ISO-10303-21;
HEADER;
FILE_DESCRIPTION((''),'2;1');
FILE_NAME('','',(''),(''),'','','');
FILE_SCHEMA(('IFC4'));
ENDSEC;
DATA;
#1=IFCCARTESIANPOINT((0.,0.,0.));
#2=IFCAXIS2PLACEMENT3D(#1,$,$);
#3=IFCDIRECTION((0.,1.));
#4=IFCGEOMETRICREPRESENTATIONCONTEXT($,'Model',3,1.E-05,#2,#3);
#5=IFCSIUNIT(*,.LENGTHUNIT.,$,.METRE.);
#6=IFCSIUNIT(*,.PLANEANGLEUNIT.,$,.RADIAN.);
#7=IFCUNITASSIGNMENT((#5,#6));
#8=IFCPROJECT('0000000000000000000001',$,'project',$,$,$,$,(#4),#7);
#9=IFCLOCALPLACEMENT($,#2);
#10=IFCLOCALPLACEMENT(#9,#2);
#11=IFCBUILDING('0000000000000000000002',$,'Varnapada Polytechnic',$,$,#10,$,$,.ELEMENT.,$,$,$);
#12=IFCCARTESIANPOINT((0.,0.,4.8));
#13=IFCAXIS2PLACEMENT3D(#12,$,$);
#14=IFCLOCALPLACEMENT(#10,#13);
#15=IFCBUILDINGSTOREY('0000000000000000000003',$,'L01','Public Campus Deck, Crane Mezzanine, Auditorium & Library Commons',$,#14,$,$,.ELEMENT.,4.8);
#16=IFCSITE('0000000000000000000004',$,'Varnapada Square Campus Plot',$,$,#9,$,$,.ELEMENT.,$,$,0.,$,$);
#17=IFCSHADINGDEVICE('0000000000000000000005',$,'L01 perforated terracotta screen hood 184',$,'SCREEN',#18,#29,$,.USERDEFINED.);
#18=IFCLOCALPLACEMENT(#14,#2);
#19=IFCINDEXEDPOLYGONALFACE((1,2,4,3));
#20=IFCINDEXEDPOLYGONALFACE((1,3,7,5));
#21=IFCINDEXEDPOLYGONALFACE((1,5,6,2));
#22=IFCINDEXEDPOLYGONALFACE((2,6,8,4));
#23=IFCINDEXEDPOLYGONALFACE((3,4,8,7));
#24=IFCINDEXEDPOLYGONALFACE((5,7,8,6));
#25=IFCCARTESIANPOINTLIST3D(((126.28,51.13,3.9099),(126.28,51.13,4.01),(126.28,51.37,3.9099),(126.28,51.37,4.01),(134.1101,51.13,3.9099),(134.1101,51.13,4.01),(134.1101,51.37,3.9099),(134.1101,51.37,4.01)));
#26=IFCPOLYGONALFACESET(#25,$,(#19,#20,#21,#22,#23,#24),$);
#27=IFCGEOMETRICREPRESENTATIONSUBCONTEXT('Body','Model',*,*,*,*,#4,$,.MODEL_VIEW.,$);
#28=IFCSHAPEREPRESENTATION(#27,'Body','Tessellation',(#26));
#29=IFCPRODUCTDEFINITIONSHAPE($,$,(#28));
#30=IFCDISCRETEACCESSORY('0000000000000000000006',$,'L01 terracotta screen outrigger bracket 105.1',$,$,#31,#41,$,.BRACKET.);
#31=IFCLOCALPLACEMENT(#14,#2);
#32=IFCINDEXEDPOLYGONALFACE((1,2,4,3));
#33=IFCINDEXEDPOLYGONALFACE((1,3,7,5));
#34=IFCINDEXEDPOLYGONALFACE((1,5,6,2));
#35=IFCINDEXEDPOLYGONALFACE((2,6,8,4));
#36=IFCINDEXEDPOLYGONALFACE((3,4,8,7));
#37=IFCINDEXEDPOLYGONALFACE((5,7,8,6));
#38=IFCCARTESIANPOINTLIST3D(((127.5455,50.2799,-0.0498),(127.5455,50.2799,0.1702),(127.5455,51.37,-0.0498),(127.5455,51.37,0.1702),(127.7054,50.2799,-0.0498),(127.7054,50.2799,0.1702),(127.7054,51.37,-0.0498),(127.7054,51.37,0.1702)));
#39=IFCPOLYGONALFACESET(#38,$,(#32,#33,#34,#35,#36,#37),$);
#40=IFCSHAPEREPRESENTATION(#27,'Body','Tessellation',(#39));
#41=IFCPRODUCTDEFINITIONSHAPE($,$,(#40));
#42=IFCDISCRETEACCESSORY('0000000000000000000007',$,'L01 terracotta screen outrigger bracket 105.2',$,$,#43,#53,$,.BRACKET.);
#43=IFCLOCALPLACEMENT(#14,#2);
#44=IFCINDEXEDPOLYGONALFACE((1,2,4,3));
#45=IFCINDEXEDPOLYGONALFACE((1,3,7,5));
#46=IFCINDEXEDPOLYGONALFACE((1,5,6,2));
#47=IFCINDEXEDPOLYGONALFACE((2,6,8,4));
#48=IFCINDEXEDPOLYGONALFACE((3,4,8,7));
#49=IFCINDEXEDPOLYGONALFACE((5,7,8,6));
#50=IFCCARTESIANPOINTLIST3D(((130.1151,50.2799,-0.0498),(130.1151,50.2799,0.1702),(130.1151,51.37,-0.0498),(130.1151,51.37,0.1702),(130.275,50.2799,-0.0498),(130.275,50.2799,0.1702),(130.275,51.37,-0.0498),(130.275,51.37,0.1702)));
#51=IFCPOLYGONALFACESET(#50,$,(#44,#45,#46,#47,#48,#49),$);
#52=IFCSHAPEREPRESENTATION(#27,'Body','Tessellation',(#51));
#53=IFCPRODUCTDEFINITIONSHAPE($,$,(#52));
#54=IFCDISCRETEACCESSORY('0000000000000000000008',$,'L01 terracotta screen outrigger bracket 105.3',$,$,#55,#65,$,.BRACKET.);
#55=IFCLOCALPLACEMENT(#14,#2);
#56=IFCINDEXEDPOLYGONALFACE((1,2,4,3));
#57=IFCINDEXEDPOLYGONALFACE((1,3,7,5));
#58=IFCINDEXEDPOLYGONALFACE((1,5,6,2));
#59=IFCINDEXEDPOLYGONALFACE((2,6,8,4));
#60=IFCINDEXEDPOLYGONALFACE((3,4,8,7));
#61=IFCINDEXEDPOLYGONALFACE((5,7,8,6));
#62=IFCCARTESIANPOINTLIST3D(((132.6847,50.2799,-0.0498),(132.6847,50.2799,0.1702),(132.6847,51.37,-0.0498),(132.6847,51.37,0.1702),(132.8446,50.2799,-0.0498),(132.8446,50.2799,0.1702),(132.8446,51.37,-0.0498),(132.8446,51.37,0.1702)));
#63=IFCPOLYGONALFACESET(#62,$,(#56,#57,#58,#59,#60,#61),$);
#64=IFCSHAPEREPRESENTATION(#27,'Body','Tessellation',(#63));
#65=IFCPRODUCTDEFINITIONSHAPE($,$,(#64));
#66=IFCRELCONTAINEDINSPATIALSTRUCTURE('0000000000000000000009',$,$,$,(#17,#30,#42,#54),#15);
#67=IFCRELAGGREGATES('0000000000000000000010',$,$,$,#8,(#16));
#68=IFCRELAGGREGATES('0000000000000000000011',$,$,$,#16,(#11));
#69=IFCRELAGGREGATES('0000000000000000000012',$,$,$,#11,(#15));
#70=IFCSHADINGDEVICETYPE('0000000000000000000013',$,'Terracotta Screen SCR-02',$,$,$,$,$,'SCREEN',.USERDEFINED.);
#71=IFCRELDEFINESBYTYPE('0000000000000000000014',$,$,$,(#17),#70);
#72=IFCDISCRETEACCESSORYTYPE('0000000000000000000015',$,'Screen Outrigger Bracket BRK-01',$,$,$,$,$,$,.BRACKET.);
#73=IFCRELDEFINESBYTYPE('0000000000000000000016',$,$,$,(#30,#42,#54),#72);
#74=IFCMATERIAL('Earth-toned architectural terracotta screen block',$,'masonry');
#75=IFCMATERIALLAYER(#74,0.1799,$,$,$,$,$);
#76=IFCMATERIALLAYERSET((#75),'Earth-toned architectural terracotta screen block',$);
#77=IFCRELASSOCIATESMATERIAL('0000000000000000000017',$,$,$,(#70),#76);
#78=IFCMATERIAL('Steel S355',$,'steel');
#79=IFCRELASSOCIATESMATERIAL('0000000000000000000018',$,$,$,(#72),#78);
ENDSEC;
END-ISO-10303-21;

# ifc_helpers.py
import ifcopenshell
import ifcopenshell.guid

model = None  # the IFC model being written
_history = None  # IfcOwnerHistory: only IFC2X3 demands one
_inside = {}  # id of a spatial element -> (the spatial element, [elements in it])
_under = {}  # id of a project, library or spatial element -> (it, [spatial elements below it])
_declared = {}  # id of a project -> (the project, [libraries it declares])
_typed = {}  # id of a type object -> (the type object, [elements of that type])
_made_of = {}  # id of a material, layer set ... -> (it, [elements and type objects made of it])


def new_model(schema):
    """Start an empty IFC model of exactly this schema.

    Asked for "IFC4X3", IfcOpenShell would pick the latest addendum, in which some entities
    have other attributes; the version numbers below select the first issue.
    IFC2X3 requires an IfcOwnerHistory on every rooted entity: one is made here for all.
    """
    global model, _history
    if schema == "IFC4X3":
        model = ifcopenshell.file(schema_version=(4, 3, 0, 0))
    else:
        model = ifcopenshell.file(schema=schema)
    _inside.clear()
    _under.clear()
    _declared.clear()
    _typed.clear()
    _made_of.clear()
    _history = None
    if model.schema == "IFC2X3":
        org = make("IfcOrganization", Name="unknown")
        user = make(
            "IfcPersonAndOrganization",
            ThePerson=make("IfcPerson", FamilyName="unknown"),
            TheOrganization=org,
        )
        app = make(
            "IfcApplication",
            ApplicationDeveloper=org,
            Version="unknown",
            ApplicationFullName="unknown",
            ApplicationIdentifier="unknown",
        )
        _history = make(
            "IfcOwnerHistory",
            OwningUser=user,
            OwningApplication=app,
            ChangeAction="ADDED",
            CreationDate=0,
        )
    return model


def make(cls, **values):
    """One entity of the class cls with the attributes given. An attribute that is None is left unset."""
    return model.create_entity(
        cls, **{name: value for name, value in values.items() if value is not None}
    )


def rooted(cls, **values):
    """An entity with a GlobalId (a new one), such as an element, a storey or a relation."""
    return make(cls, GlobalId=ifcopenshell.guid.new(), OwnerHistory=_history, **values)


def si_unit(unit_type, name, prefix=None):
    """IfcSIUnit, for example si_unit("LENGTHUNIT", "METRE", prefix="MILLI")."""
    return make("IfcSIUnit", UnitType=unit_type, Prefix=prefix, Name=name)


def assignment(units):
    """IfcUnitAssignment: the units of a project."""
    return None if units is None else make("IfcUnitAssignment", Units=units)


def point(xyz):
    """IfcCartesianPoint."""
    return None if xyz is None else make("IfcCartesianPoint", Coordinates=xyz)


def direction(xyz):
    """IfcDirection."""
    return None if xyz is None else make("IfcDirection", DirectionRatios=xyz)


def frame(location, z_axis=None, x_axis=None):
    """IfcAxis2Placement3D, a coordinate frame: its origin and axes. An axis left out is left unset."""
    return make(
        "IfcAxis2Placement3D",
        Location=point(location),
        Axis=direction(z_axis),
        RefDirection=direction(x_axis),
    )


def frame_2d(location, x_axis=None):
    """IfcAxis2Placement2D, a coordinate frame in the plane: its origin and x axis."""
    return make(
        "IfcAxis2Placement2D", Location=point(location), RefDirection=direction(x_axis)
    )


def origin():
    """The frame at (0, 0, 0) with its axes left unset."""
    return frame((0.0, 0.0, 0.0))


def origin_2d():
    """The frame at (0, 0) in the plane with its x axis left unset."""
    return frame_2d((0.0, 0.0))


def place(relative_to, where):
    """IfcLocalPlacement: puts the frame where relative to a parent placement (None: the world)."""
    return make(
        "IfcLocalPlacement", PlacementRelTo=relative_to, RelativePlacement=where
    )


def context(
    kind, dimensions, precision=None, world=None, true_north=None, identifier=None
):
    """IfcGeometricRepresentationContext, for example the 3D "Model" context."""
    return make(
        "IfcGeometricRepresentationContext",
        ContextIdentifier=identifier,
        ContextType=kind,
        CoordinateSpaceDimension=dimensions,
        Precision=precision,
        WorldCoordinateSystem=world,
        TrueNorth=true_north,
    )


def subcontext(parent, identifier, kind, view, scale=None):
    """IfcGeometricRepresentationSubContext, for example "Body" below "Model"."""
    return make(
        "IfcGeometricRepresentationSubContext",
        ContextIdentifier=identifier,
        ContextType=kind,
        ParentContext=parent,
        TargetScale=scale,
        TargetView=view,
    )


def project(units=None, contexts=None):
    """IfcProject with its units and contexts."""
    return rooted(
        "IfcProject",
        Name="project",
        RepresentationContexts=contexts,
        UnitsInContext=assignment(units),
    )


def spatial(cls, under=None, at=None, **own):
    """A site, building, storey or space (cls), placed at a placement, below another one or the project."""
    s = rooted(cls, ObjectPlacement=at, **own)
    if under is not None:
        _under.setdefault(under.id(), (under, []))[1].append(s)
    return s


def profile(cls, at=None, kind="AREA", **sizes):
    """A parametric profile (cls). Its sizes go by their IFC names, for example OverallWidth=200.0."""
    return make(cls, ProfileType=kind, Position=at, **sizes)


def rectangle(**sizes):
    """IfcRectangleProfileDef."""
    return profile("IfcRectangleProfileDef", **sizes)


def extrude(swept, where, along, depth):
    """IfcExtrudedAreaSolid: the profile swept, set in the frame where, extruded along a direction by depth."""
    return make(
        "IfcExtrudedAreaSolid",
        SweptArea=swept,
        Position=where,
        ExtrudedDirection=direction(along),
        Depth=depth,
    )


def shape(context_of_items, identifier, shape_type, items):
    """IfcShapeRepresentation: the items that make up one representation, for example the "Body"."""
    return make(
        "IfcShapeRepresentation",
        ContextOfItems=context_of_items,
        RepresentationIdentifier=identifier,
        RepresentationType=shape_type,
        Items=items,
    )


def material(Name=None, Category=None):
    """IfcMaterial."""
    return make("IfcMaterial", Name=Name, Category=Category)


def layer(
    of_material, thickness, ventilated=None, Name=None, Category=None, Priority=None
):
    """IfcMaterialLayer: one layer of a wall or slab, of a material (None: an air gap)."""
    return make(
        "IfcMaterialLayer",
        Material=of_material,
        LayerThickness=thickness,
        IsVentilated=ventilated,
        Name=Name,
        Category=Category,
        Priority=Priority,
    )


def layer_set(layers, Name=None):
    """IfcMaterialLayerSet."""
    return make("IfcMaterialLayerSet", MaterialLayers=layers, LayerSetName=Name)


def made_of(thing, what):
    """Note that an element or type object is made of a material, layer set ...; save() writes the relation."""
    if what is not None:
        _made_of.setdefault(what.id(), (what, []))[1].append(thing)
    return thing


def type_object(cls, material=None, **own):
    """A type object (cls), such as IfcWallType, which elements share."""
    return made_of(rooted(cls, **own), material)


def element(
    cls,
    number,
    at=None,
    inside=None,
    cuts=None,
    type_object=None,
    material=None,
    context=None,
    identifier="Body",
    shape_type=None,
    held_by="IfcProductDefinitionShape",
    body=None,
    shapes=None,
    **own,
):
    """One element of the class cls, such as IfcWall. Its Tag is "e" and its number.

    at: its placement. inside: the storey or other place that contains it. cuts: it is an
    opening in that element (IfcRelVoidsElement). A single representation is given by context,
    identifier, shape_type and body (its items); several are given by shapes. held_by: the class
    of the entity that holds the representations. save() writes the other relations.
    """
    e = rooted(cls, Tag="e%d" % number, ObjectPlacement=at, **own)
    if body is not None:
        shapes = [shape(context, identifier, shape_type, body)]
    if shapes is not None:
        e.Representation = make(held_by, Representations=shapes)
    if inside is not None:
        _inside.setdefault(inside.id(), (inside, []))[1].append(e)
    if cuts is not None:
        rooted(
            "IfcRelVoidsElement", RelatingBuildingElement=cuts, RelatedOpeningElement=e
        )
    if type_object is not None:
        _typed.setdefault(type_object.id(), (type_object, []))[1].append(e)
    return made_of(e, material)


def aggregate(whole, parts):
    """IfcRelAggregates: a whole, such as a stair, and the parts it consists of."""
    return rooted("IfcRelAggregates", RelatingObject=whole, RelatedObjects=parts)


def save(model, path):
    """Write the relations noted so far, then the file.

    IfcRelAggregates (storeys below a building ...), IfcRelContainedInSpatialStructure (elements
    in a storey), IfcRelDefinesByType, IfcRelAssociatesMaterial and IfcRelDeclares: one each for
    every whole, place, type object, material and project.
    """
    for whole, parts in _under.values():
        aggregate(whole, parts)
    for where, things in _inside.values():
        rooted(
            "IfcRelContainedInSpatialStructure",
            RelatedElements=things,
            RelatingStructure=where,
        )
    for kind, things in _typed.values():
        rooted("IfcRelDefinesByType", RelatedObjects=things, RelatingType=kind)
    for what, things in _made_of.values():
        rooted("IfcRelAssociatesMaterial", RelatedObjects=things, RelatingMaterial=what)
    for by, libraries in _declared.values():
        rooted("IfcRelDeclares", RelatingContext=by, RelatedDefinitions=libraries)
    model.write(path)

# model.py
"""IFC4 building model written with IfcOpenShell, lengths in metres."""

from ifc_helpers import new_model, si_unit, direction, frame, origin, origin_2d, place, context, subcontext, project, spatial, rectangle, extrude, material, layer, layer_set, type_object, element, save


model = new_model("IFC4")

# Units and contexts
model_context = context("Model", 3, precision=1e-05, world=origin(), true_north=direction((0.0, 1.0)))
body_context = subcontext(model_context, "Body", "Model", "MODEL_VIEW")
ifc_project = project(units=[si_unit("LENGTHUNIT", "METRE"), si_unit("PLANEANGLEUNIT", "RADIAN")], contexts=[model_context])

# Site, building, storey
site_placement = place(None, origin())
site = spatial("IfcSite", under=ifc_project, at=site_placement, Name="Varnapada Square Campus Plot", CompositionType="ELEMENT", RefElevation=0.0)
building_placement = place(site_placement, origin())
building = spatial("IfcBuilding", under=site, at=building_placement, Name="Varnapada Polytechnic", CompositionType="ELEMENT")
storey_placement = place(building_placement, frame((0.0, 0.0, 4.8)))
storey = spatial("IfcBuildingStorey", under=building, at=storey_placement, Name="L01", Description="Public Campus Deck, Crane Mezzanine, Auditorium & Library Commons", CompositionType="ELEMENT", Elevation=4.8)

# Shared definitions
ifc_material_1 = material(Name="Steel S355", Category="steel")

# Shared definitions
ifc_material_2 = material(Name="Earth-toned architectural terracotta screen block", Category="masonry")

# Shading device
ifc_layer_1 = layer(ifc_material_2, 0.1799)
ifc_layer_set_1 = layer_set([ifc_layer_1], Name="Earth-toned architectural terracotta screen block")
shading_device_type = type_object("IfcShadingDeviceType", Name="Terracotta Screen SCR-02", ElementType="SCREEN", PredefinedType="USERDEFINED", material=ifc_layer_set_1)
shading_device_placement = place(storey_placement, frame((130.1951, 51.25, 3.9099), z_axis=(0.0, 0.0, 1.0), x_axis=(1.0, 0.0, 0.0)))
element("IfcShadingDevice", 1, at=shading_device_placement, inside=storey, type_object=shading_device_type, Name="L01 perforated terracotta screen hood 184", ObjectType="SCREEN", PredefinedType="USERDEFINED", context=body_context, shape_type="SweptSolid", body=[
    extrude(rectangle(XDim=7.8301, YDim=0.24, at=origin_2d()), origin(), (0.0, 0.0, 1.0), 0.1001),
])

# Discrete accessories
discrete_accessory_type = type_object("IfcDiscreteAccessoryType", Name="Screen Outrigger Bracket BRK-01", PredefinedType="BRACKET", material=ifc_material_1)
for number, where, z_axis, x_axis, name in (
    (2, (127.6255, 50.825, -0.0498), (0.0, 0.0, 1.0), (1.0, 0.0, 0.0), "L01 terracotta screen outrigger bracket 105.1"),
    (3, (130.1951, 50.825, -0.0498), (0.0, 0.0, 1.0), (1.0, 0.0, 0.0), "L01 terracotta screen outrigger bracket 105.2"),
    (4, (132.7646, 50.825, -0.0498), (0.0, 0.0, 1.0), (1.0, 0.0, 0.0), "L01 terracotta screen outrigger bracket 105.3"),
):
    element("IfcDiscreteAccessory", number, at=place(storey_placement, frame(where, z_axis=z_axis, x_axis=x_axis)), inside=storey, type_object=discrete_accessory_type, Name=name, PredefinedType="BRACKET", context=body_context, shape_type="SweptSolid", body=[
        extrude(rectangle(XDim=0.1599, YDim=1.0901, at=origin_2d()), origin(), (0.0, 0.0, 1.0), 0.22),
    ])

save(model, "model.ifc")
